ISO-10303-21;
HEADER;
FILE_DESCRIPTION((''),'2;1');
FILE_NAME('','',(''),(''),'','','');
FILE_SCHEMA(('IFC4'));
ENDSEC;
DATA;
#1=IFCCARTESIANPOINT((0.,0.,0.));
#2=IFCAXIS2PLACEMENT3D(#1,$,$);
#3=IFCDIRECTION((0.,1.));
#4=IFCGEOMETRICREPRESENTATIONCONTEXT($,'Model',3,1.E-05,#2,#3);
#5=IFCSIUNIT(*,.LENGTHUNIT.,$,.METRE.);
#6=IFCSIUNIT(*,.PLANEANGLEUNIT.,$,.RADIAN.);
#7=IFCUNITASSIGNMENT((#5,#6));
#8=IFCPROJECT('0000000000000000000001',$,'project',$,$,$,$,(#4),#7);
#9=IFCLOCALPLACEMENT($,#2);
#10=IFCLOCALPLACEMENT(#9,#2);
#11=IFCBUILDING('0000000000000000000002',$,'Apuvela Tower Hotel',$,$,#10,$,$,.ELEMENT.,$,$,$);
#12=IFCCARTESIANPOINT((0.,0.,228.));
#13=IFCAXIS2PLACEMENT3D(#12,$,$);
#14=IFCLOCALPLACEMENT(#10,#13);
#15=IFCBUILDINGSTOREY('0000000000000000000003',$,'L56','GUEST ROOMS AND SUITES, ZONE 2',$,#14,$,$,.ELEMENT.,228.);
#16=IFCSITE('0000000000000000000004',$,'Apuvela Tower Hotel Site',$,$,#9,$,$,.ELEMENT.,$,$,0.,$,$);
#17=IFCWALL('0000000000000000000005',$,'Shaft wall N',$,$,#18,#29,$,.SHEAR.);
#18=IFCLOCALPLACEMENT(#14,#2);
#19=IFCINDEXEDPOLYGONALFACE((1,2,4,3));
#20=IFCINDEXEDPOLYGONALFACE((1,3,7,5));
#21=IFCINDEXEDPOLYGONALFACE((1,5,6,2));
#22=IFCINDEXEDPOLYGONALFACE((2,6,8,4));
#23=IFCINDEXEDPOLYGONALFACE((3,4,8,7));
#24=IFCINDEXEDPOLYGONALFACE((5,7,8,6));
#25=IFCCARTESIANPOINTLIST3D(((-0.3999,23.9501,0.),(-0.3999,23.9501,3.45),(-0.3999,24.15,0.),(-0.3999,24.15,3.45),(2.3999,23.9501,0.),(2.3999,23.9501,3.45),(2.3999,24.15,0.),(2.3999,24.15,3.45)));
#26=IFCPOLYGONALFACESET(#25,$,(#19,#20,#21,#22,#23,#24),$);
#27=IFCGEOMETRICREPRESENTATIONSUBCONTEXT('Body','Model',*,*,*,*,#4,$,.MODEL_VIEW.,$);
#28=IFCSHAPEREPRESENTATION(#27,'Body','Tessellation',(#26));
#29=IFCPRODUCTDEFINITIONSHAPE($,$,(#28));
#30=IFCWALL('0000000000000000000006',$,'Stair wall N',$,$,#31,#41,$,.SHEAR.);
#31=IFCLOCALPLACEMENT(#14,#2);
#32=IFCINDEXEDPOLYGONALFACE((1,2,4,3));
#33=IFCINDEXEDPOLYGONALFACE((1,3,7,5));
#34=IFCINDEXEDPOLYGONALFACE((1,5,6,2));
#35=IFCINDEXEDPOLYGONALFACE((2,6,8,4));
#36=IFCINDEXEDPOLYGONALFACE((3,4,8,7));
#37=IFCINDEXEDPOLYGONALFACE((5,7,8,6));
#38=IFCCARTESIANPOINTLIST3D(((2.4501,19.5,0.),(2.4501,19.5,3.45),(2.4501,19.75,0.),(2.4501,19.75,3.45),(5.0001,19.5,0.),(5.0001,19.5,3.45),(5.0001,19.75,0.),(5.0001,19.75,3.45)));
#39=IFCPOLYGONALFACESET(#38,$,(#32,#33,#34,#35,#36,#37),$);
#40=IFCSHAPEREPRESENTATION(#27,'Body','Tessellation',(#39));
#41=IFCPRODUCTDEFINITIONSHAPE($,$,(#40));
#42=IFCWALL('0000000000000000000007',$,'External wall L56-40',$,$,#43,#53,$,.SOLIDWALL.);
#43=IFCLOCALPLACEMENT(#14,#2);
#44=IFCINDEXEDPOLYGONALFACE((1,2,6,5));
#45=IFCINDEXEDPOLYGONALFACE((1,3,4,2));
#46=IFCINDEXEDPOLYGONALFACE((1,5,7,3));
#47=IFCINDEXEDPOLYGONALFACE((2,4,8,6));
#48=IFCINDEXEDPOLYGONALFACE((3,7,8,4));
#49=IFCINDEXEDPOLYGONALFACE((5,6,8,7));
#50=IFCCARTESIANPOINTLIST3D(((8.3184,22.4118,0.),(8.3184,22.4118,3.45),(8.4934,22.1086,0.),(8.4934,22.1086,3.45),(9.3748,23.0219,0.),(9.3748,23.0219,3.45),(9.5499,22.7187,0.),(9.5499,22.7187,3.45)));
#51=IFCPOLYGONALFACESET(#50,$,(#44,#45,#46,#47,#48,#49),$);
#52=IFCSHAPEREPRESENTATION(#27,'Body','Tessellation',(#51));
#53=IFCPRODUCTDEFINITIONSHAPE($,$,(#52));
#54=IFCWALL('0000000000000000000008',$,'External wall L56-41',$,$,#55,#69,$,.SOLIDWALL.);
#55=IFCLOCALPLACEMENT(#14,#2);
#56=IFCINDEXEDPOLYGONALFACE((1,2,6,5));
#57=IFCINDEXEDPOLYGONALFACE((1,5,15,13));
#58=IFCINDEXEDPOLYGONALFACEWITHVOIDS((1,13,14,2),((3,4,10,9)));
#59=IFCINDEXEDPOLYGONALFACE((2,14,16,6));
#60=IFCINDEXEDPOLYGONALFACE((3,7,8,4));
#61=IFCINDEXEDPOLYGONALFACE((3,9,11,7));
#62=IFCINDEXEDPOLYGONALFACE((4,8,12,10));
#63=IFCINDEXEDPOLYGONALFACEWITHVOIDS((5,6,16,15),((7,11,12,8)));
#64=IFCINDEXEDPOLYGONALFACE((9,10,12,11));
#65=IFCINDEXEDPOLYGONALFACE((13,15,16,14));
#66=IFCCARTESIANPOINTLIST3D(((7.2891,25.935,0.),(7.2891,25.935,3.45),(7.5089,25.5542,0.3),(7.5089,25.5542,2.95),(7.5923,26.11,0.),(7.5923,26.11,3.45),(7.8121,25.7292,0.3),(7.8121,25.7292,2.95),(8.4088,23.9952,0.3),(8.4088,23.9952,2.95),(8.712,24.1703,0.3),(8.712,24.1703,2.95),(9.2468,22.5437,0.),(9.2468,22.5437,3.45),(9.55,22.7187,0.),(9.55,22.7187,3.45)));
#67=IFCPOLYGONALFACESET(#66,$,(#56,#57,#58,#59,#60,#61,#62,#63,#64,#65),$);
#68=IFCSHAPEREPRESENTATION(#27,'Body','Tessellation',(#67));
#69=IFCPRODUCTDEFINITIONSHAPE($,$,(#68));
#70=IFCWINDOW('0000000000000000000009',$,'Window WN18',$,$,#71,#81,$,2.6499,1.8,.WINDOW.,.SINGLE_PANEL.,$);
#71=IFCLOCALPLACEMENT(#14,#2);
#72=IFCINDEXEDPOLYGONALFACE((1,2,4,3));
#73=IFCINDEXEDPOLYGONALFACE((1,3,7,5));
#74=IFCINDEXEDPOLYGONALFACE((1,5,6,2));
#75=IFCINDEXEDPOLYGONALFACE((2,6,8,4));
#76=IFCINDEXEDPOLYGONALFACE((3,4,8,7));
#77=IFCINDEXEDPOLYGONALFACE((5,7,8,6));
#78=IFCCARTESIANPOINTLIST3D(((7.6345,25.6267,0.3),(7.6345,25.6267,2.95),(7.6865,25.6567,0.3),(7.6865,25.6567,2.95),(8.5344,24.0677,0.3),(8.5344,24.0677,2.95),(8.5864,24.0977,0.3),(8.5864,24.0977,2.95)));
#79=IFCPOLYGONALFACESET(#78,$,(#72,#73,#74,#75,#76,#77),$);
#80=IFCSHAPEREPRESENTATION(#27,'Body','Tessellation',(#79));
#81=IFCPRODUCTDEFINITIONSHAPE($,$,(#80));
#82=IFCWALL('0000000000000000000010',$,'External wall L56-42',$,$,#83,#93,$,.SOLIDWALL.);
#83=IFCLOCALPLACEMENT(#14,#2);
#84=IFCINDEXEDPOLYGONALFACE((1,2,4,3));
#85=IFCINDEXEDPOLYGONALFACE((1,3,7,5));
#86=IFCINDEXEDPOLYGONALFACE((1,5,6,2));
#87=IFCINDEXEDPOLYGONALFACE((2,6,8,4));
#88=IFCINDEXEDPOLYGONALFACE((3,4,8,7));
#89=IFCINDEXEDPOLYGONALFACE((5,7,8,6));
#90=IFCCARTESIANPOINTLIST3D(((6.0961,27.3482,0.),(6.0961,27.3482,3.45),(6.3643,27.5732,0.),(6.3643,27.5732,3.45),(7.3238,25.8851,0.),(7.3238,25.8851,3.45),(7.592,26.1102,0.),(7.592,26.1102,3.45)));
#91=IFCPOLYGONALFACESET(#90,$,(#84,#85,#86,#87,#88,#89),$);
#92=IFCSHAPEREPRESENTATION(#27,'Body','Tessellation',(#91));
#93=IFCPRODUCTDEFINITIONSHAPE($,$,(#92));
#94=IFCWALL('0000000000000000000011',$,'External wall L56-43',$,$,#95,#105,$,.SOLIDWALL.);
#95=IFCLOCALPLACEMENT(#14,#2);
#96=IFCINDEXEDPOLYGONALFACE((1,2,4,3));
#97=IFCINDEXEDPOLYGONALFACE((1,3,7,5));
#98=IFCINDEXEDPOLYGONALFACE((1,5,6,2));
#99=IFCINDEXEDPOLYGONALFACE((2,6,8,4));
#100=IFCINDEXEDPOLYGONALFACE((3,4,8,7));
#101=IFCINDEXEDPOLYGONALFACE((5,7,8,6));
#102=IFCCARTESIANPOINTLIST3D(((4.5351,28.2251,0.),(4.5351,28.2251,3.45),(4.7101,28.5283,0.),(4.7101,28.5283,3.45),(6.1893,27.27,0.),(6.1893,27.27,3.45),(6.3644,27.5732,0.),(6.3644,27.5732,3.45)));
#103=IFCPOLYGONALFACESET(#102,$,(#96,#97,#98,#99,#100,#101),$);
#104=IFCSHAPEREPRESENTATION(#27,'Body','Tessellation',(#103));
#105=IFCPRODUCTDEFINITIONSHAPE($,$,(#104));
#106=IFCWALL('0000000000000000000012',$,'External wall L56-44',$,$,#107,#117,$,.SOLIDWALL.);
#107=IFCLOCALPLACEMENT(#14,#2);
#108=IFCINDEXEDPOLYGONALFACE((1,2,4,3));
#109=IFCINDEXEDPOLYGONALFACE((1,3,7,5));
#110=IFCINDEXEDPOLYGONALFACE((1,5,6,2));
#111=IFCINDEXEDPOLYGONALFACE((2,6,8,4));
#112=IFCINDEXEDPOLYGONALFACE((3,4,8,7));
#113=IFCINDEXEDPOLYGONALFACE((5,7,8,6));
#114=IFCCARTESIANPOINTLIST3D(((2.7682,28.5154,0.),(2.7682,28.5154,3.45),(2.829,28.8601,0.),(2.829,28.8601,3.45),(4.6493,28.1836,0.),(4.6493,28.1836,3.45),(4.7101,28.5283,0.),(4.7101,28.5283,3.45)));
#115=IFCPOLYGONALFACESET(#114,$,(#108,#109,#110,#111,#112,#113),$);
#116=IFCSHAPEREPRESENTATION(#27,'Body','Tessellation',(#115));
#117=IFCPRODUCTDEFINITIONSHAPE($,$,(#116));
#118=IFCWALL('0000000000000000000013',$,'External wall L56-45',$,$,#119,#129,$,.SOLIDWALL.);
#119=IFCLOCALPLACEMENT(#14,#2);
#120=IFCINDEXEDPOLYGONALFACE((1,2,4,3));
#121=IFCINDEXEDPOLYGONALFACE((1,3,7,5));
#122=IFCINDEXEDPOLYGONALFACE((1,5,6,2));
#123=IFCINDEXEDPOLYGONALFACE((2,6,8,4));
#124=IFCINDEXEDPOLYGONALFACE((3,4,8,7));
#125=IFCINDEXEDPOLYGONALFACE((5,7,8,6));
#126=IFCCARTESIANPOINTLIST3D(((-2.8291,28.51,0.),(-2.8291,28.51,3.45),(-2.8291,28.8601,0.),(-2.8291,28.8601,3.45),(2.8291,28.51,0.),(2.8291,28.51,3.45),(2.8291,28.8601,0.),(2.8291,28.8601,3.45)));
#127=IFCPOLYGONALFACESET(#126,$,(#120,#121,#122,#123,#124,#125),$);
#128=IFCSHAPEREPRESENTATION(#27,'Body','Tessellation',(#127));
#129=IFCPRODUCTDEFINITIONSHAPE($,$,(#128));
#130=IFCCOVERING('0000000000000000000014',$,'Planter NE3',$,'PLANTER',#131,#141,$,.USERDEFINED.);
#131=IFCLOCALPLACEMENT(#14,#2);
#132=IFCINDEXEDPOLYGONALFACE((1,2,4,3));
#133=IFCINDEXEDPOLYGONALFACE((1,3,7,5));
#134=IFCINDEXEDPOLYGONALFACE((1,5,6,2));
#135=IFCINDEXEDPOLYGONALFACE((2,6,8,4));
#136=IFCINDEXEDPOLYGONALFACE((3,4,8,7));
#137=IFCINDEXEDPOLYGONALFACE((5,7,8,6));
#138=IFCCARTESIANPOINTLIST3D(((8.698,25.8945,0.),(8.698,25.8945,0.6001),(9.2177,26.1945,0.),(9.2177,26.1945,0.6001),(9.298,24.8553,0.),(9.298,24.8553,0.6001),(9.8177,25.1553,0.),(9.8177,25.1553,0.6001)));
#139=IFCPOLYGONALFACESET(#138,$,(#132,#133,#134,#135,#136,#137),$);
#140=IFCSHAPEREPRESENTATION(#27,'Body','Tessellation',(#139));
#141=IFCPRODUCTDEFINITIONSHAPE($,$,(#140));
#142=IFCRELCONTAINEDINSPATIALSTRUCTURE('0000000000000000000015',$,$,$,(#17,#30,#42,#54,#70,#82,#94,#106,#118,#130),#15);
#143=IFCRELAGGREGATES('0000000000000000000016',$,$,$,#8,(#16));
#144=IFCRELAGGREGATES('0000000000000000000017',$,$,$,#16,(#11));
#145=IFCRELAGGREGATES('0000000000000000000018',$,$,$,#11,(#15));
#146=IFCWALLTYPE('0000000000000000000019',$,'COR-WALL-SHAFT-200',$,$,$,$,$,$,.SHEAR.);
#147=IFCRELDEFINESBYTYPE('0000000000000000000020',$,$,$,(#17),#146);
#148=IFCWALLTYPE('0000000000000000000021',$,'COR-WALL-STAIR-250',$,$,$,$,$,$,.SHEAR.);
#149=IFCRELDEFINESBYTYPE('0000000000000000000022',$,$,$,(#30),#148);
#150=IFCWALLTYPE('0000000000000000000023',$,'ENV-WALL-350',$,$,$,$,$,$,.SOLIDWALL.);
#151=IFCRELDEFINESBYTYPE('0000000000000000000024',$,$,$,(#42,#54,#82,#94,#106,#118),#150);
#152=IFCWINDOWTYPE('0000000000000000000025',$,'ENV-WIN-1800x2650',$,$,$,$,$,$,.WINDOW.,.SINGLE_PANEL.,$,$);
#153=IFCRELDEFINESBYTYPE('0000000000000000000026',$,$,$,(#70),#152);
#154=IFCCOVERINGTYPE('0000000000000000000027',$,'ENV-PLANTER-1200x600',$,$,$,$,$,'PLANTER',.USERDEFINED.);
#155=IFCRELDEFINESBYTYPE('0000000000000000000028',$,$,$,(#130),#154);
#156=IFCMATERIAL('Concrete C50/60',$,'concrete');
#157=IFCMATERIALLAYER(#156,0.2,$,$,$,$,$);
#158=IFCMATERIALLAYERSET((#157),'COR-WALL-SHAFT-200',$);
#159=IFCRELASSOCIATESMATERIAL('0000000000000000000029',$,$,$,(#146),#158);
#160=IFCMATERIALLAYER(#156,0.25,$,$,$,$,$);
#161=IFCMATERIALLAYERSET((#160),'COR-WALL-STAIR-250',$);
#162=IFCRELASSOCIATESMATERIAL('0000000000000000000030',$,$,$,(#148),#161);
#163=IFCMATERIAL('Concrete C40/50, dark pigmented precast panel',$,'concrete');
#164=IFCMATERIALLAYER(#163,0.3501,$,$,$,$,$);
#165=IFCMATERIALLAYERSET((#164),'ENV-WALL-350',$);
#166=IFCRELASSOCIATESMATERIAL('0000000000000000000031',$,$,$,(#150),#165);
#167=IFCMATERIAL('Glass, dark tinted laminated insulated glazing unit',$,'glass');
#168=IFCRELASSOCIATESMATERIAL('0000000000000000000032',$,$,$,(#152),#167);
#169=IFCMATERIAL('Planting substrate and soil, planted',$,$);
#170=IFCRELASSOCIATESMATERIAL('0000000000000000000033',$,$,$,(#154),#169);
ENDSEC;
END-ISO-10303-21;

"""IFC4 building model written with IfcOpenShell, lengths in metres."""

from ifc_helpers import new_model, si_unit, direction, frame, frame_2d, origin, origin_2d, place, context, subcontext, project, spatial, rectangle, extrude, material, layer, layer_set, type_object, element, fill, save


model = new_model("IFC4")

# Units and contexts
model_context = context("Model", 3, precision=1e-05, world=origin(), true_north=direction((0.0, 1.0)))
body_context = subcontext(model_context, "Body", "Model", "MODEL_VIEW")
ifc_project = project(units=[si_unit("LENGTHUNIT", "METRE"), si_unit("PLANEANGLEUNIT", "RADIAN")], contexts=[model_context])

# Site, building, storey
site_placement = place(None, origin())
site = spatial("IfcSite", under=ifc_project, at=site_placement, Name="Apuvela Tower Hotel Site", CompositionType="ELEMENT", RefElevation=0.0)
building_placement = place(site_placement, origin())
building = spatial("IfcBuilding", under=site, at=building_placement, Name="Apuvela Tower Hotel", CompositionType="ELEMENT")
storey_placement = place(building_placement, frame((0.0, 0.0, 228.0)))
storey = spatial("IfcBuildingStorey", under=building, at=storey_placement, Name="L56", Description="GUEST ROOMS AND SUITES, ZONE 2", CompositionType="ELEMENT", Elevation=228.0)

# Walls
ifc_material_1 = material(Name="Concrete C50/60", Category="concrete")
ifc_layer_1 = layer(ifc_material_1, 0.2)
ifc_layer_set_1 = layer_set([ifc_layer_1], Name="COR-WALL-SHAFT-200")
wall_type_1 = type_object("IfcWallType", Name="COR-WALL-SHAFT-200", PredefinedType="SHEAR", material=ifc_layer_set_1)
wall_1_placement = place(storey_placement, frame((2.3999, 24.05, 0.0), z_axis=(0.0, 0.0, 1.0), x_axis=(-1.0, 0.0, 0.0)))
element("IfcWall", 1, at=wall_1_placement, inside=storey, type_object=wall_type_1, Name="Shaft wall N", PredefinedType="SHEAR", context=body_context, shape_type="SweptSolid", body=[
    extrude(rectangle(XDim=2.7998, YDim=0.2, at=frame_2d((1.3999, 0.0))), origin(), (0.0, 0.0, 1.0), 3.45),
])
ifc_layer_2 = layer(ifc_material_1, 0.25)
ifc_layer_set_2 = layer_set([ifc_layer_2], Name="COR-WALL-STAIR-250")
wall_type_2 = type_object("IfcWallType", Name="COR-WALL-STAIR-250", PredefinedType="SHEAR", material=ifc_layer_set_2)
wall_2_placement = place(storey_placement, frame((5.0, 19.625, 0.0), z_axis=(0.0, 0.0, 1.0), x_axis=(-1.0, 0.0, 0.0)))
element("IfcWall", 2, at=wall_2_placement, inside=storey, type_object=wall_type_2, Name="Stair wall N", PredefinedType="SHEAR", context=body_context, shape_type="SweptSolid", body=[
    extrude(rectangle(XDim=2.55, YDim=0.25, at=frame_2d((1.2749, 0.0))), origin(), (0.0, 0.0, 1.0), 3.45),
])
ifc_material_2 = material(Name="Concrete C40/50, dark pigmented precast panel", Category="concrete")
ifc_layer_3 = layer(ifc_material_2, 0.3501)
ifc_layer_set_3 = layer_set([ifc_layer_3], Name="ENV-WALL-350")
wall_type_3 = type_object("IfcWallType", Name="ENV-WALL-350", PredefinedType="SOLIDWALL", material=ifc_layer_set_3)
wall_3_placement = place(storey_placement, frame((8.406, 22.2603, 0.0), z_axis=(0.0, 0.0, 1.0), x_axis=(0.865956, 0.500121, 0.0)))
element("IfcWall", 3, at=wall_3_placement, inside=storey, type_object=wall_type_3, Name="External wall L56-40", PredefinedType="SOLIDWALL", context=body_context, shape_type="SweptSolid", body=[
    extrude(rectangle(XDim=1.22, YDim=0.3501, at=frame_2d((0.6099, 0.0))), origin(), (0.0, 0.0, 1.0), 3.45),
])

# Wall, opening, window
wall_4_placement = place(storey_placement, frame((9.3984, 22.6311, 0.0), z_axis=(0.0, 0.0, 1.0), x_axis=(-0.499955, 0.866052, 0.0)))
wall_4 = element("IfcWall", 4, at=wall_4_placement, inside=storey, type_object=wall_type_3, Name="External wall L56-41", PredefinedType="SOLIDWALL", context=body_context, shape_type="SweptSolid", body=[
    extrude(rectangle(XDim=3.9158, YDim=0.3501, at=frame_2d((1.958, 0.0))), origin(), (0.0, 0.0, 1.0), 3.45),
])
opening_placement = place(wall_4_placement, frame((1.6763, 0.0, 0.3)))
opening = element("IfcOpeningElement", 5, at=opening_placement, cuts=wall_4, PredefinedType="OPENING", context=body_context, shape_type="SweptSolid", body=[
    extrude(rectangle(XDim=1.8, YDim=2.6499, at=frame_2d((0.8999, 1.325))), frame((0.0, 0.1851, 0.0), z_axis=(0.0, -1.0, 0.0), x_axis=(1.0, 0.0, 0.0)), (0.0, 0.0, 1.0), 0.3701),
])
ifc_material_3 = material(Name="Glass, dark tinted laminated insulated glazing unit", Category="glass")
window_type = type_object("IfcWindowType", Name="ENV-WIN-1800x2650", PartitioningType="SINGLE_PANEL", PredefinedType="WINDOW", material=ifc_material_3)
window_placement = place(opening_placement, origin())
window = element("IfcWindow", 6, at=window_placement, inside=storey, type_object=window_type, Name="Window WN18", OverallHeight=2.6499, OverallWidth=1.8, PartitioningType="SINGLE_PANEL", PredefinedType="WINDOW", context=body_context, shape_type="SweptSolid", body=[
    extrude(rectangle(XDim=1.8, YDim=2.6499, at=frame_2d((0.8999, 1.325))), frame((0.0, 0.03, 0.0), z_axis=(0.0, -1.0, 0.0), x_axis=(1.0, 0.0, 0.0)), (0.0, 0.0, 1.0), 0.0601),
])
fill(opening, window)

# Walls
wall_5_placement = place(storey_placement, frame((7.458, 25.9976, 0.0), z_axis=(0.0, 0.0, 1.0), x_axis=(-0.642808, 0.766027, 0.0)))
element("IfcWall", 7, at=wall_5_placement, inside=storey, type_object=wall_type_3, Name="External wall L56-42", PredefinedType="SOLIDWALL", context=body_context, shape_type="SweptSolid", body=[
    extrude(rectangle(XDim=1.9099, YDim=0.3501, at=frame_2d((0.9551, 0.0))), origin(), (0.0, 0.0, 1.0), 3.45),
])
for number, where, z_axis, x_axis, name in (
    (8, (6.2769, 27.4216, 0.0), (0.0, 0.0, 1.0), (-0.866032, 0.499988, 0.0), "External wall L56-43"),
    (9, (4.6797, 28.356, 0.0), (0.0, 0.0, 1.0), (-0.984799, 0.173698, 0.0), "External wall L56-44"),
):
    element("IfcWall", number, at=place(storey_placement, frame(where, z_axis=z_axis, x_axis=x_axis)), inside=storey, type_object=wall_type_3, Name=name, PredefinedType="SOLIDWALL", context=body_context, shape_type="SweptSolid", body=[
        extrude(rectangle(XDim=1.9102, YDim=0.3501, at=frame_2d((0.9551, 0.0))), origin(), (0.0, 0.0, 1.0), 3.45),
    ])
wall_6_placement = place(storey_placement, frame((2.8291, 28.6851, 0.0), z_axis=(0.0, 0.0, 1.0), x_axis=(-1.0, 0.0, 0.0)))
element("IfcWall", 10, at=wall_6_placement, inside=storey, type_object=wall_type_3, Name="External wall L56-45", PredefinedType="SOLIDWALL", context=body_context, shape_type="SweptSolid", body=[
    extrude(rectangle(XDim=5.6582, YDim=0.3501, at=frame_2d((2.8291, 0.0))), origin(), (0.0, 0.0, 1.0), 3.45),
])

# Covering
ifc_material_4 = material(Name="Planting substrate and soil, planted")
covering_type = type_object("IfcCoveringType", Name="ENV-PLANTER-1200x600", ElementType="PLANTER", PredefinedType="USERDEFINED", material=ifc_material_4)
covering_placement = place(storey_placement, frame((9.2578, 25.5249, 0.0), z_axis=(0.0, 0.0, 1.0), x_axis=(-0.5, 0.866025, 0.0)))
element("IfcCovering", 11, at=covering_placement, inside=storey, type_object=covering_type, Name="Planter NE3", ObjectType="PLANTER", PredefinedType="USERDEFINED", context=body_context, shape_type="SweptSolid", body=[
    extrude(rectangle(XDim=1.2, YDim=0.6001, at=origin_2d()), origin(), (0.0, 0.0, 1.0), 0.6001),
])

save(model, "model.ifc")
